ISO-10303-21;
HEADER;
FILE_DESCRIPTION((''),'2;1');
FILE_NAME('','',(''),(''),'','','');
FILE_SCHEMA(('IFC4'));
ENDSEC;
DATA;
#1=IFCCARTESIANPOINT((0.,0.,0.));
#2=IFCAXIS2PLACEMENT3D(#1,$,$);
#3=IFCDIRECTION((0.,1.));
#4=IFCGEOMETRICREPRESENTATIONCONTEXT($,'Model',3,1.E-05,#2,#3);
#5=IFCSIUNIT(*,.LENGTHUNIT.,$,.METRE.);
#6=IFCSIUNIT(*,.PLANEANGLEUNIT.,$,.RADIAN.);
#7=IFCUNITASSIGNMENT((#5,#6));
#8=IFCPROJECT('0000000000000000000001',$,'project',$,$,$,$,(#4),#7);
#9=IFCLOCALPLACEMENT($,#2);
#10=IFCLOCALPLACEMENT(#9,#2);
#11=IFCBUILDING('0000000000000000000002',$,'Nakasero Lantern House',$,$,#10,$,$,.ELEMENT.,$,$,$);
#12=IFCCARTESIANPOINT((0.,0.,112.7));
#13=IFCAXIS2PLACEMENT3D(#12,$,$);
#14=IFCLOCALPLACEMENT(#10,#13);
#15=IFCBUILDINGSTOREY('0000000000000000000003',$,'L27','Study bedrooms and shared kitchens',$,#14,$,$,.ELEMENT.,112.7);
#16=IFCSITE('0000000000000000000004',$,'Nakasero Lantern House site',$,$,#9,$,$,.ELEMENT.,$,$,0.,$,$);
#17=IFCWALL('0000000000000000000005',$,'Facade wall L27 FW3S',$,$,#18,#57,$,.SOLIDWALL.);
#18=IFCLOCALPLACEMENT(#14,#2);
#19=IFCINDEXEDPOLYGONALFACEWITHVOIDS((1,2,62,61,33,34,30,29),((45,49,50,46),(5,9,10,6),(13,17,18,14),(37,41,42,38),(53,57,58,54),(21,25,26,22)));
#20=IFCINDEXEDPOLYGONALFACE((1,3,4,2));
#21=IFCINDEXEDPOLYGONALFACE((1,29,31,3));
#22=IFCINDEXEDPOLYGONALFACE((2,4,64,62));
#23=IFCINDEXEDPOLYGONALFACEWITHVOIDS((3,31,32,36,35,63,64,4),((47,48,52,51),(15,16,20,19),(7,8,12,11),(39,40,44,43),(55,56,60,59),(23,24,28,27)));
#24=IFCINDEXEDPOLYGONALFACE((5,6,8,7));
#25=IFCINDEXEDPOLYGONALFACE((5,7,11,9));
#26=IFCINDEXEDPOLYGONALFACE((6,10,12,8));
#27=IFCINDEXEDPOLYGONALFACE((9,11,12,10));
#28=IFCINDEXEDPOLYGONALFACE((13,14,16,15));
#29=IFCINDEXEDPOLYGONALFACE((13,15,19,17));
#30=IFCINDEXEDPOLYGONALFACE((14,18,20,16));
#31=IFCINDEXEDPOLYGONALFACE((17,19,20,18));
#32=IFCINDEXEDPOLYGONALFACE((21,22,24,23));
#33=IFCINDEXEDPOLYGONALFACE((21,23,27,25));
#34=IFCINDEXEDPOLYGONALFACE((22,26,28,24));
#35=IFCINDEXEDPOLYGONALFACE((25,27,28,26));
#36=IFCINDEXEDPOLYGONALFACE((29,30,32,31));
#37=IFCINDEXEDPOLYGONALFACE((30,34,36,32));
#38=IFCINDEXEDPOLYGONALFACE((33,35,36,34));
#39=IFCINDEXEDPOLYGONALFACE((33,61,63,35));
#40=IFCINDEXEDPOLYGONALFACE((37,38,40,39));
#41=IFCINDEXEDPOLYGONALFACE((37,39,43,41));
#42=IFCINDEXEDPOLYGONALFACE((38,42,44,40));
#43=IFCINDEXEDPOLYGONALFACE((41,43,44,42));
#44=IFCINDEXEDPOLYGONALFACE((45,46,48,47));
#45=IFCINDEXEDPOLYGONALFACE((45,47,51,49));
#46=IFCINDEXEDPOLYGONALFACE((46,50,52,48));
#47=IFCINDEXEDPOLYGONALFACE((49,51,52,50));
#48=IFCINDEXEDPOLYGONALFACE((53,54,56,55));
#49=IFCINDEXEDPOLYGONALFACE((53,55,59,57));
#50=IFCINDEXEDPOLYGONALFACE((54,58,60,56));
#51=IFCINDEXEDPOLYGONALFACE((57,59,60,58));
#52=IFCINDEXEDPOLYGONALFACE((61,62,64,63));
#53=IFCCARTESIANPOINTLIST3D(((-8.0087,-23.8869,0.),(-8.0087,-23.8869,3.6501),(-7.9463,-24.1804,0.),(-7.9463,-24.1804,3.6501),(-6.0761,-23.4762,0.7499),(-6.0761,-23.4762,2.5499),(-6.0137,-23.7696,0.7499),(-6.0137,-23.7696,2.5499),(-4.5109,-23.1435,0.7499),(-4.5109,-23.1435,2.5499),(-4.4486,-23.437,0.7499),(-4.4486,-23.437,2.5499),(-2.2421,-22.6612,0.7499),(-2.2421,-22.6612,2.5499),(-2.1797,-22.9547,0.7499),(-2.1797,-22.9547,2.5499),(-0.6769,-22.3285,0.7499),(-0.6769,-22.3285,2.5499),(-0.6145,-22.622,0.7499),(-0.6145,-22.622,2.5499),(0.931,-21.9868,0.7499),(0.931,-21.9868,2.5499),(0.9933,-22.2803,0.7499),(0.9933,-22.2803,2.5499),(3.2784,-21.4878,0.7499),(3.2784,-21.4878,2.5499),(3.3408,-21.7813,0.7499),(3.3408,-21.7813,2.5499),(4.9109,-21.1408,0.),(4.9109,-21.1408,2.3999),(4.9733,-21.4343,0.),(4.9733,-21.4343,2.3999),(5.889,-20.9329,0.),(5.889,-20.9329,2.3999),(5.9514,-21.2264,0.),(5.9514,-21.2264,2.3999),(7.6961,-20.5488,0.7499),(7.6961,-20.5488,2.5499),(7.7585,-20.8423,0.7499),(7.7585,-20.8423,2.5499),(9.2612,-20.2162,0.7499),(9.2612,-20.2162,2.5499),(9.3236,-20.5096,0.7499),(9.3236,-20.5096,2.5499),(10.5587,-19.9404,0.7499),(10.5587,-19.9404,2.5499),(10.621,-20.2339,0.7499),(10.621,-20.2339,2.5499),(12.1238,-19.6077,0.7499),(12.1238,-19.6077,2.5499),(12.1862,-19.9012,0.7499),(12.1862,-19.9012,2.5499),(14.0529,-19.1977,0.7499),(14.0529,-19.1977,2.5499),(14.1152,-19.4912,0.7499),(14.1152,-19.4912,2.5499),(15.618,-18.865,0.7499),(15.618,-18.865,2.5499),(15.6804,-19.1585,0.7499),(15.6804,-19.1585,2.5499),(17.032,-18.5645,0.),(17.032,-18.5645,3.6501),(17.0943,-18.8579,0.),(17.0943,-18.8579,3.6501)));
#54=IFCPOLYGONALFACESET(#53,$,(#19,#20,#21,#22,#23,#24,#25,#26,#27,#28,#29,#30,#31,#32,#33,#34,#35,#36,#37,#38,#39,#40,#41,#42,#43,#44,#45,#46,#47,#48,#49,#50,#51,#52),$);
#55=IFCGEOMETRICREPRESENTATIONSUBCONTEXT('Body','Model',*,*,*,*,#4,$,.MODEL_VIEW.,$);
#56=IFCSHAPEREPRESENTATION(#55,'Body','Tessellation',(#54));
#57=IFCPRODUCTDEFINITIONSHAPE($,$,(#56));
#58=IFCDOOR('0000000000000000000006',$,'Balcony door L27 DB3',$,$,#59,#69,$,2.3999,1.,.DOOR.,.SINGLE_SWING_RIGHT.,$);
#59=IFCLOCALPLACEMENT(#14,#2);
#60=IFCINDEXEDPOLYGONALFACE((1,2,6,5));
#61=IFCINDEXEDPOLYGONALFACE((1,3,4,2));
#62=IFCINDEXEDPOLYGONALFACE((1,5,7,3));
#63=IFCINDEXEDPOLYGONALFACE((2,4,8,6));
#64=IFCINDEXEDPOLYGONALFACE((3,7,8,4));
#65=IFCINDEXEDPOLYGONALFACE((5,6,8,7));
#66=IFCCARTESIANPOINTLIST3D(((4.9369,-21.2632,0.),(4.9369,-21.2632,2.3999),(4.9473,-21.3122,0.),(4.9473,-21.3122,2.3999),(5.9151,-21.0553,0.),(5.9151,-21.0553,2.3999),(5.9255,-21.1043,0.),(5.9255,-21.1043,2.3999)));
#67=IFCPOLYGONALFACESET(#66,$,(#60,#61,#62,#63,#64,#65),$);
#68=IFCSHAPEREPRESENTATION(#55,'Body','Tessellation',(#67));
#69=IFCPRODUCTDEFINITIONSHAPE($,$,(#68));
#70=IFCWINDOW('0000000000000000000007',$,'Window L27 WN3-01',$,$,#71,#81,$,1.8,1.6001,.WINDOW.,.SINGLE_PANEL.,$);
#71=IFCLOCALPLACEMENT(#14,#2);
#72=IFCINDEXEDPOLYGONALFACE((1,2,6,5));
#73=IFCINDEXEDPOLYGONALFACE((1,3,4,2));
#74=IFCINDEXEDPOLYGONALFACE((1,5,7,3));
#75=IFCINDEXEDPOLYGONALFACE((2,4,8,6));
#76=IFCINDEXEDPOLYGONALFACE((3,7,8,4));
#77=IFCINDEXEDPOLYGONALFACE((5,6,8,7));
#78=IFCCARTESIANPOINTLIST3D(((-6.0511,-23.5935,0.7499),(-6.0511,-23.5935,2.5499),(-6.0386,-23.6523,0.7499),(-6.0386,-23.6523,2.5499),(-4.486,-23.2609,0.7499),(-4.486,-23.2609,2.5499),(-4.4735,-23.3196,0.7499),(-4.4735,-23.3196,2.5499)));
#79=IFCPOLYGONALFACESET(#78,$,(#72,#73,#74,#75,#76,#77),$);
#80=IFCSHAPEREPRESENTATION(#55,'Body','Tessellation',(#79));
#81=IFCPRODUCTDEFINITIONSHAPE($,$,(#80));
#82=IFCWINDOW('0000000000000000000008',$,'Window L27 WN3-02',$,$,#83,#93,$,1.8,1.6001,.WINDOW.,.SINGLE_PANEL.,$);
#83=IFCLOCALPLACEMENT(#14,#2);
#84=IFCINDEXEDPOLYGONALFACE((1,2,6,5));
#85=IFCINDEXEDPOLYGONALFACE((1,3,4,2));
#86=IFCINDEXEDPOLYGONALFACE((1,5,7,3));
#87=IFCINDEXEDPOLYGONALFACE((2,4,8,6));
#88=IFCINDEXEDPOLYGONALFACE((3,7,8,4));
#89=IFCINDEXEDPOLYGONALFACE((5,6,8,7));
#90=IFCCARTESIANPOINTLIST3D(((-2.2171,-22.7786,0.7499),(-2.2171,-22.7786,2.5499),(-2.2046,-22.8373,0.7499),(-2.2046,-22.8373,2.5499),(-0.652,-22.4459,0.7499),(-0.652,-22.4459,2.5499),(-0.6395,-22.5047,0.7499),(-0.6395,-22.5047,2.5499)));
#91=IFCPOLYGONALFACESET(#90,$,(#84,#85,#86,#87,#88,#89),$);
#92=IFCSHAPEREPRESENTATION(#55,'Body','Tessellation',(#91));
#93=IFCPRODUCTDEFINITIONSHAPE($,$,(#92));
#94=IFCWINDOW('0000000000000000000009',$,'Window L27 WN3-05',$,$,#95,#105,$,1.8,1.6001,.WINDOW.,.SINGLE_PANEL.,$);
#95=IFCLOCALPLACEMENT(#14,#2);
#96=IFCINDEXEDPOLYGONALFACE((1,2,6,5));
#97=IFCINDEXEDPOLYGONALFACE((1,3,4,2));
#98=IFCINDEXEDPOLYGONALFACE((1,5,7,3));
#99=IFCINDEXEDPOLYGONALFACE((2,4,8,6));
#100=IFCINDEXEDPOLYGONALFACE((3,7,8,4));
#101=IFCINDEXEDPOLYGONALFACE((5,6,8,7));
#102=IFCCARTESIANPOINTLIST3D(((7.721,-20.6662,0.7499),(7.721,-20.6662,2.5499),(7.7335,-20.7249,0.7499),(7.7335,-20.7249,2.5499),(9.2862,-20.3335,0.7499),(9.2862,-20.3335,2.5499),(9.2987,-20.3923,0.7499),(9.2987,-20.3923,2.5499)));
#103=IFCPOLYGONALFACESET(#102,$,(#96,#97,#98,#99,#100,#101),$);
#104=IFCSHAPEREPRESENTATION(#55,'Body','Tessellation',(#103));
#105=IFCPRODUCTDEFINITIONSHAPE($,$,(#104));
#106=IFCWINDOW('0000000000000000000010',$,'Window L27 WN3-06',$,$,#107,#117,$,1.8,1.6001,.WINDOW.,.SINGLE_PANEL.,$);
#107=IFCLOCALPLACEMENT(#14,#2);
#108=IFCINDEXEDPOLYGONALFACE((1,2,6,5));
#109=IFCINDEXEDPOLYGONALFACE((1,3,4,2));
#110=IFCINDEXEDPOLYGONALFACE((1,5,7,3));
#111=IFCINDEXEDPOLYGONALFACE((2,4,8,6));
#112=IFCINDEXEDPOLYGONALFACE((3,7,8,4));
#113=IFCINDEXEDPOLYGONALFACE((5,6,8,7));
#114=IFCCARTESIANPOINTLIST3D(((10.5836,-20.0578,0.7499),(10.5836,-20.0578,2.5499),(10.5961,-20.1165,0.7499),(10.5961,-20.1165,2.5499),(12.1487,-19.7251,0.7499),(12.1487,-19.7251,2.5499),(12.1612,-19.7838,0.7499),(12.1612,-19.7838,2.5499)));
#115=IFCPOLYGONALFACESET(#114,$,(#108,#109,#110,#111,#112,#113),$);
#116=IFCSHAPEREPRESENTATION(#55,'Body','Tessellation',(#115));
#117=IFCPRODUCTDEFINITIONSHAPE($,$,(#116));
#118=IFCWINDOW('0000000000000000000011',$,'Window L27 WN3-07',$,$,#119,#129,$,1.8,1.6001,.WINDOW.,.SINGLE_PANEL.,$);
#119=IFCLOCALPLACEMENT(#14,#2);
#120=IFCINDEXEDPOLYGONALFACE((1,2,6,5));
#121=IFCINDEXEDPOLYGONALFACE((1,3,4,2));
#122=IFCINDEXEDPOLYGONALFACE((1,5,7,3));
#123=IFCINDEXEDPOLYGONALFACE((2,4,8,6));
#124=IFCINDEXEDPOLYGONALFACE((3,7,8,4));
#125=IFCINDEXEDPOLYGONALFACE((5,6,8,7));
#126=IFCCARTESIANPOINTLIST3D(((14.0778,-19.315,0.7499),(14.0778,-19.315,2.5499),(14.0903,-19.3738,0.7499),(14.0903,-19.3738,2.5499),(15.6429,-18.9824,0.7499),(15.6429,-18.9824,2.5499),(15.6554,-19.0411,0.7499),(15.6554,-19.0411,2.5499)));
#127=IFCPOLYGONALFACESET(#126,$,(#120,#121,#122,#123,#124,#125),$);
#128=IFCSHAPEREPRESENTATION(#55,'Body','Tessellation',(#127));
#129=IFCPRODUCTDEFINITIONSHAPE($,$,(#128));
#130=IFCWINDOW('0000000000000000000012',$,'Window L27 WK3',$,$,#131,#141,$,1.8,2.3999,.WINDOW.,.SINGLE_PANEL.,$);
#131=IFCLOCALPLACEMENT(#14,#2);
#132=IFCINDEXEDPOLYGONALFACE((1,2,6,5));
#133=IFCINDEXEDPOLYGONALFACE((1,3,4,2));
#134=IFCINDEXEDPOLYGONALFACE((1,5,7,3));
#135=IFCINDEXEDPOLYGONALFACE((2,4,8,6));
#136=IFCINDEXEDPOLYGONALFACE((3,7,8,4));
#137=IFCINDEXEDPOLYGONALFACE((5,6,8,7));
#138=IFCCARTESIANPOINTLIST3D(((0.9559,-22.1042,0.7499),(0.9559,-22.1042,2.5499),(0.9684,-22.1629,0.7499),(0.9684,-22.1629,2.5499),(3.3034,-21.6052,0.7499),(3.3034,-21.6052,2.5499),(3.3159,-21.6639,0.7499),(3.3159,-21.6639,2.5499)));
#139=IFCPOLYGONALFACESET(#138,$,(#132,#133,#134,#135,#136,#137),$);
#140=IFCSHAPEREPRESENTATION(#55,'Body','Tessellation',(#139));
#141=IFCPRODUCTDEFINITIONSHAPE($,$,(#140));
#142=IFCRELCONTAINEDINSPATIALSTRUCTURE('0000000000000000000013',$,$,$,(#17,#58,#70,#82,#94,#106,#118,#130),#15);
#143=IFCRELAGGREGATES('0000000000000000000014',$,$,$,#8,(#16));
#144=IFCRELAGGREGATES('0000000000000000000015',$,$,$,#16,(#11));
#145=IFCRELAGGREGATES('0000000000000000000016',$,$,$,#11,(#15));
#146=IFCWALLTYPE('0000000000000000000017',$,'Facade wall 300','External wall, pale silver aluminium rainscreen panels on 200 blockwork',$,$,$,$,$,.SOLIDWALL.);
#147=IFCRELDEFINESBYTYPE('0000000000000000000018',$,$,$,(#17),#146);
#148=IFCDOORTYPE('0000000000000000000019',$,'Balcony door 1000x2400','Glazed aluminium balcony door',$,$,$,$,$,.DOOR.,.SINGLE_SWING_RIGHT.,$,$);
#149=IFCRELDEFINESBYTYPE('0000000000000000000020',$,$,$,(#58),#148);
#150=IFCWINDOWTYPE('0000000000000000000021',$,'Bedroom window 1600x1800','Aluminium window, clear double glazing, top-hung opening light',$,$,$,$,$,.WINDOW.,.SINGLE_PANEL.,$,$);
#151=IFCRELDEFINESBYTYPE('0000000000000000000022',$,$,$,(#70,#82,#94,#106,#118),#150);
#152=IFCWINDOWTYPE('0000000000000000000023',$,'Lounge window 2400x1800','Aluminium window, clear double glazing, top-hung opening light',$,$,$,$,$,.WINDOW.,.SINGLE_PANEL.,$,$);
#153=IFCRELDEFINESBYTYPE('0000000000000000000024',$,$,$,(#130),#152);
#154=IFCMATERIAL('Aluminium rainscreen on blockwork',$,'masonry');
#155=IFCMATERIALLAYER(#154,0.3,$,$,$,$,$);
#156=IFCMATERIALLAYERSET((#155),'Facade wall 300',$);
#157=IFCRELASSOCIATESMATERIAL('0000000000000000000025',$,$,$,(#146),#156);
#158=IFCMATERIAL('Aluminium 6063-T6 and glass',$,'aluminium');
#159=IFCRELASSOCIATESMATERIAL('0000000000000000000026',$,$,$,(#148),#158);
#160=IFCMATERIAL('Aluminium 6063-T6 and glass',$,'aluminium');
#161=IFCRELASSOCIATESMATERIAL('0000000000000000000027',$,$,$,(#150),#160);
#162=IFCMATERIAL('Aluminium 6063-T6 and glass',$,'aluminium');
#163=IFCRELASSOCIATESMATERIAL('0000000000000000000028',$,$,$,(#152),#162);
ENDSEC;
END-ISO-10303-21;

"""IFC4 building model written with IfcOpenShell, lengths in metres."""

from ifc_helpers import new_model, si_unit, direction, frame, frame_2d, origin, place, context, subcontext, project, spatial, rectangle, extrude, material, layer, layer_set, type_object, element, fill, save


model = new_model("IFC4")

# Units and contexts
model_context = context("Model", 3, precision=1e-05, world=origin(), true_north=direction((0.0, 1.0)))
body_context = subcontext(model_context, "Body", "Model", "MODEL_VIEW")
ifc_project = project(units=[si_unit("LENGTHUNIT", "METRE"), si_unit("PLANEANGLEUNIT", "RADIAN")], contexts=[model_context])

# Site, building, storey
site_placement = place(None, origin())
site = spatial("IfcSite", under=ifc_project, at=site_placement, Name="Nakasero Lantern House site", CompositionType="ELEMENT", RefElevation=0.0)
building_placement = place(site_placement, origin())
building = spatial("IfcBuilding", under=site, at=building_placement, Name="Nakasero Lantern House", CompositionType="ELEMENT")
storey_placement = place(building_placement, frame((0.0, 0.0, 112.7)))
storey = spatial("IfcBuildingStorey", under=building, at=storey_placement, Name="L27", Description="Study bedrooms and shared kitchens", CompositionType="ELEMENT", Elevation=112.7)

# Wall, openings, door, windows
ifc_material_1 = material(Name="Aluminium rainscreen on blockwork", Category="masonry")
ifc_layer_1 = layer(ifc_material_1, 0.3)
ifc_layer_set_1 = layer_set([ifc_layer_1], Name="Facade wall 300")
wall_type_1 = type_object("IfcWallType", Name="Facade wall 300", Description="External wall, pale silver aluminium rainscreen panels on 200 blockwork", PredefinedType="SOLIDWALL", material=ifc_layer_set_1)
wall_1_placement = place(storey_placement, frame((-7.9775, -24.0337, 0.0), z_axis=(0.0, 0.0, 1.0), x_axis=(0.978148, 0.207909, 0.0)))
wall_1 = element("IfcWall", 1, at=wall_1_placement, inside=storey, type_object=wall_type_1, Name="Facade wall L27 FW3S", PredefinedType="SOLIDWALL", context=body_context, shape_type="SweptSolid", body=[
    extrude(rectangle(XDim=25.6001, YDim=0.3, at=frame_2d((12.8, 0.0))), origin(), (0.0, 0.0, 1.0), 3.6501),
])
opening_1_placement = place(wall_1_placement, frame((1.9758, 0.0, 0.75)))
opening_1 = element("IfcOpeningElement", 2, at=opening_1_placement, cuts=wall_1, PredefinedType="OPENING", context=body_context, shape_type="SweptSolid", body=[
    extrude(rectangle(XDim=1.6001, YDim=1.8, at=frame_2d((0.8, 0.8999))), frame((0.0, 0.1699, 0.0), z_axis=(0.0, -1.0, 0.0), x_axis=(1.0, 0.0, 0.0)), (0.0, 0.0, 1.0), 0.3401),
])
opening_2_placement = place(wall_1_placement, frame((5.8955, 0.0, 0.75)))
opening_2 = element("IfcOpeningElement", 3, at=opening_2_placement, cuts=wall_1, PredefinedType="OPENING", context=body_context, shape_type="SweptSolid", body=[
    extrude(rectangle(XDim=1.6001, YDim=1.8, at=frame_2d((0.8, 0.8999))), frame((0.0, 0.1699, 0.0), z_axis=(0.0, -1.0, 0.0), x_axis=(1.0, 0.0, 0.0)), (0.0, 0.0, 1.0), 0.3401),
])
opening_3_placement = place(wall_1_placement, frame((16.0557, 0.0, 0.75)))
opening_3 = element("IfcOpeningElement", 4, at=opening_3_placement, cuts=wall_1, PredefinedType="OPENING", context=body_context, shape_type="SweptSolid", body=[
    extrude(rectangle(XDim=1.6001, YDim=1.8, at=frame_2d((0.8, 0.8999))), frame((0.0, 0.1699, 0.0), z_axis=(0.0, -1.0, 0.0), x_axis=(1.0, 0.0, 0.0)), (0.0, 0.0, 1.0), 0.3401),
])
opening_4_placement = place(wall_1_placement, frame((18.9822, 0.0, 0.75)))
opening_4 = element("IfcOpeningElement", 5, at=opening_4_placement, cuts=wall_1, PredefinedType="OPENING", context=body_context, shape_type="SweptSolid", body=[
    extrude(rectangle(XDim=1.6001, YDim=1.8, at=frame_2d((0.8, 0.8999))), frame((0.0, 0.1699, 0.0), z_axis=(0.0, -1.0, 0.0), x_axis=(1.0, 0.0, 0.0)), (0.0, 0.0, 1.0), 0.3401),
])
opening_5_placement = place(wall_1_placement, frame((22.5544, 0.0, 0.75)))
opening_5 = element("IfcOpeningElement", 6, at=opening_5_placement, cuts=wall_1, PredefinedType="OPENING", context=body_context, shape_type="SweptSolid", body=[
    extrude(rectangle(XDim=1.6001, YDim=1.8, at=frame_2d((0.8, 0.8999))), frame((0.0, 0.1699, 0.0), z_axis=(0.0, -1.0, 0.0), x_axis=(1.0, 0.0, 0.0)), (0.0, 0.0, 1.0), 0.3401),
])
opening_6_placement = place(wall_1_placement, frame((9.1394, 0.0, 0.75)))
opening_6 = element("IfcOpeningElement", 7, at=opening_6_placement, cuts=wall_1, PredefinedType="OPENING", context=body_context, shape_type="SweptSolid", body=[
    extrude(rectangle(XDim=2.3999, YDim=1.8, at=frame_2d((1.2, 0.8999))), frame((0.0, 0.1699, 0.0), z_axis=(0.0, -1.0, 0.0), x_axis=(1.0, 0.0, 0.0)), (0.0, 0.0, 1.0), 0.3401),
])
opening_7_placement = place(wall_1_placement, frame((13.2083, 0.0, 0.0)))
opening_7 = element("IfcOpeningElement", 8, at=opening_7_placement, cuts=wall_1, PredefinedType="OPENING", context=body_context, shape_type="SweptSolid", body=[
    extrude(rectangle(XDim=1.0, YDim=2.3999, at=frame_2d((0.5, 1.2))), frame((0.0, 0.1699, 0.0), z_axis=(0.0, -1.0, 0.0), x_axis=(1.0, 0.0, 0.0)), (0.0, 0.0, 1.0), 0.3401),
])
ifc_material_2 = material(Name="Aluminium 6063-T6 and glass", Category="aluminium")
door_type_1 = type_object("IfcDoorType", Name="Balcony door 1000x2400", Description="Glazed aluminium balcony door", OperationType="SINGLE_SWING_RIGHT", PredefinedType="DOOR", material=ifc_material_2)
door_1_placement = place(opening_7_placement, origin())
door_1 = element("IfcDoor", 9, at=door_1_placement, inside=storey, type_object=door_type_1, Name="Balcony door L27 DB3", OperationType="SINGLE_SWING_RIGHT", OverallHeight=2.3999, OverallWidth=1.0, PredefinedType="DOOR", context=body_context, shape_type="SweptSolid", body=[
    extrude(rectangle(XDim=1.0, YDim=2.3999, at=frame_2d((0.5, 1.2))), frame((0.0, 0.0249, 0.0), z_axis=(0.0, -1.0, 0.0), x_axis=(1.0, 0.0, 0.0)), (0.0, 0.0, 1.0), 0.05),
])
fill(opening_7, door_1)
ifc_material_3 = material(Name="Aluminium 6063-T6 and glass", Category="aluminium")
window_type_1 = type_object("IfcWindowType", Name="Bedroom window 1600x1800", Description="Aluminium window, clear double glazing, top-hung opening light", PartitioningType="SINGLE_PANEL", PredefinedType="WINDOW", material=ifc_material_3)
window_1_placement = place(opening_1_placement, origin())
window_1 = element("IfcWindow", 10, at=window_1_placement, inside=storey, type_object=window_type_1, Name="Window L27 WN3-01", OverallHeight=1.8, OverallWidth=1.6001, PartitioningType="SINGLE_PANEL", PredefinedType="WINDOW", context=body_context, shape_type="SweptSolid", body=[
    extrude(rectangle(XDim=1.6001, YDim=1.8, at=frame_2d((0.8, 0.8999))), frame((0.0, 0.03, 0.0), z_axis=(0.0, -1.0, 0.0), x_axis=(1.0, 0.0, 0.0)), (0.0, 0.0, 1.0), 0.0601),
])
fill(opening_1, window_1)
window_2_placement = place(opening_2_placement, origin())
window_2 = element("IfcWindow", 11, at=window_2_placement, inside=storey, type_object=window_type_1, Name="Window L27 WN3-02", OverallHeight=1.8, OverallWidth=1.6001, PartitioningType="SINGLE_PANEL", PredefinedType="WINDOW", context=body_context, shape_type="SweptSolid", body=[
    extrude(rectangle(XDim=1.6001, YDim=1.8, at=frame_2d((0.8, 0.8999))), frame((0.0, 0.03, 0.0), z_axis=(0.0, -1.0, 0.0), x_axis=(1.0, 0.0, 0.0)), (0.0, 0.0, 1.0), 0.0601),
])
fill(opening_2, window_2)
window_3_placement = place(opening_3_placement, origin())
window_3 = element("IfcWindow", 12, at=window_3_placement, inside=storey, type_object=window_type_1, Name="Window L27 WN3-05", OverallHeight=1.8, OverallWidth=1.6001, PartitioningType="SINGLE_PANEL", PredefinedType="WINDOW", context=body_context, shape_type="SweptSolid", body=[
    extrude(rectangle(XDim=1.6001, YDim=1.8, at=frame_2d((0.8, 0.8999))), frame((0.0, 0.03, 0.0), z_axis=(0.0, -1.0, 0.0), x_axis=(1.0, 0.0, 0.0)), (0.0, 0.0, 1.0), 0.0601),
])
fill(opening_3, window_3)
window_4_placement = place(opening_4_placement, origin())
window_4 = element("IfcWindow", 13, at=window_4_placement, inside=storey, type_object=window_type_1, Name="Window L27 WN3-06", OverallHeight=1.8, OverallWidth=1.6001, PartitioningType="SINGLE_PANEL", PredefinedType="WINDOW", context=body_context, shape_type="SweptSolid", body=[
    extrude(rectangle(XDim=1.6001, YDim=1.8, at=frame_2d((0.8, 0.8999))), frame((0.0, 0.03, 0.0), z_axis=(0.0, -1.0, 0.0), x_axis=(1.0, 0.0, 0.0)), (0.0, 0.0, 1.0), 0.0601),
])
fill(opening_4, window_4)
window_5_placement = place(opening_5_placement, origin())
window_5 = element("IfcWindow", 14, at=window_5_placement, inside=storey, type_object=window_type_1, Name="Window L27 WN3-07", OverallHeight=1.8, OverallWidth=1.6001, PartitioningType="SINGLE_PANEL", PredefinedType="WINDOW", context=body_context, shape_type="SweptSolid", body=[
    extrude(rectangle(XDim=1.6001, YDim=1.8, at=frame_2d((0.8, 0.8999))), frame((0.0, 0.03, 0.0), z_axis=(0.0, -1.0, 0.0), x_axis=(1.0, 0.0, 0.0)), (0.0, 0.0, 1.0), 0.0601),
])
fill(opening_5, window_5)
ifc_material_4 = material(Name="Aluminium 6063-T6 and glass", Category="aluminium")
window_type_2 = type_object("IfcWindowType", Name="Lounge window 2400x1800", Description="Aluminium window, clear double glazing, top-hung opening light", PartitioningType="SINGLE_PANEL", PredefinedType="WINDOW", material=ifc_material_4)
window_6_placement = place(opening_6_placement, origin())
window_6 = element("IfcWindow", 15, at=window_6_placement, inside=storey, type_object=window_type_2, Name="Window L27 WK3", OverallHeight=1.8, OverallWidth=2.3999, PartitioningType="SINGLE_PANEL", PredefinedType="WINDOW", context=body_context, shape_type="SweptSolid", body=[
    extrude(rectangle(XDim=2.3999, YDim=1.8, at=frame_2d((1.2, 0.8999))), frame((0.0, 0.03, 0.0), z_axis=(0.0, -1.0, 0.0), x_axis=(1.0, 0.0, 0.0)), (0.0, 0.0, 1.0), 0.0601),
])
fill(opening_6, window_6)

save(model, "model.ifc")
